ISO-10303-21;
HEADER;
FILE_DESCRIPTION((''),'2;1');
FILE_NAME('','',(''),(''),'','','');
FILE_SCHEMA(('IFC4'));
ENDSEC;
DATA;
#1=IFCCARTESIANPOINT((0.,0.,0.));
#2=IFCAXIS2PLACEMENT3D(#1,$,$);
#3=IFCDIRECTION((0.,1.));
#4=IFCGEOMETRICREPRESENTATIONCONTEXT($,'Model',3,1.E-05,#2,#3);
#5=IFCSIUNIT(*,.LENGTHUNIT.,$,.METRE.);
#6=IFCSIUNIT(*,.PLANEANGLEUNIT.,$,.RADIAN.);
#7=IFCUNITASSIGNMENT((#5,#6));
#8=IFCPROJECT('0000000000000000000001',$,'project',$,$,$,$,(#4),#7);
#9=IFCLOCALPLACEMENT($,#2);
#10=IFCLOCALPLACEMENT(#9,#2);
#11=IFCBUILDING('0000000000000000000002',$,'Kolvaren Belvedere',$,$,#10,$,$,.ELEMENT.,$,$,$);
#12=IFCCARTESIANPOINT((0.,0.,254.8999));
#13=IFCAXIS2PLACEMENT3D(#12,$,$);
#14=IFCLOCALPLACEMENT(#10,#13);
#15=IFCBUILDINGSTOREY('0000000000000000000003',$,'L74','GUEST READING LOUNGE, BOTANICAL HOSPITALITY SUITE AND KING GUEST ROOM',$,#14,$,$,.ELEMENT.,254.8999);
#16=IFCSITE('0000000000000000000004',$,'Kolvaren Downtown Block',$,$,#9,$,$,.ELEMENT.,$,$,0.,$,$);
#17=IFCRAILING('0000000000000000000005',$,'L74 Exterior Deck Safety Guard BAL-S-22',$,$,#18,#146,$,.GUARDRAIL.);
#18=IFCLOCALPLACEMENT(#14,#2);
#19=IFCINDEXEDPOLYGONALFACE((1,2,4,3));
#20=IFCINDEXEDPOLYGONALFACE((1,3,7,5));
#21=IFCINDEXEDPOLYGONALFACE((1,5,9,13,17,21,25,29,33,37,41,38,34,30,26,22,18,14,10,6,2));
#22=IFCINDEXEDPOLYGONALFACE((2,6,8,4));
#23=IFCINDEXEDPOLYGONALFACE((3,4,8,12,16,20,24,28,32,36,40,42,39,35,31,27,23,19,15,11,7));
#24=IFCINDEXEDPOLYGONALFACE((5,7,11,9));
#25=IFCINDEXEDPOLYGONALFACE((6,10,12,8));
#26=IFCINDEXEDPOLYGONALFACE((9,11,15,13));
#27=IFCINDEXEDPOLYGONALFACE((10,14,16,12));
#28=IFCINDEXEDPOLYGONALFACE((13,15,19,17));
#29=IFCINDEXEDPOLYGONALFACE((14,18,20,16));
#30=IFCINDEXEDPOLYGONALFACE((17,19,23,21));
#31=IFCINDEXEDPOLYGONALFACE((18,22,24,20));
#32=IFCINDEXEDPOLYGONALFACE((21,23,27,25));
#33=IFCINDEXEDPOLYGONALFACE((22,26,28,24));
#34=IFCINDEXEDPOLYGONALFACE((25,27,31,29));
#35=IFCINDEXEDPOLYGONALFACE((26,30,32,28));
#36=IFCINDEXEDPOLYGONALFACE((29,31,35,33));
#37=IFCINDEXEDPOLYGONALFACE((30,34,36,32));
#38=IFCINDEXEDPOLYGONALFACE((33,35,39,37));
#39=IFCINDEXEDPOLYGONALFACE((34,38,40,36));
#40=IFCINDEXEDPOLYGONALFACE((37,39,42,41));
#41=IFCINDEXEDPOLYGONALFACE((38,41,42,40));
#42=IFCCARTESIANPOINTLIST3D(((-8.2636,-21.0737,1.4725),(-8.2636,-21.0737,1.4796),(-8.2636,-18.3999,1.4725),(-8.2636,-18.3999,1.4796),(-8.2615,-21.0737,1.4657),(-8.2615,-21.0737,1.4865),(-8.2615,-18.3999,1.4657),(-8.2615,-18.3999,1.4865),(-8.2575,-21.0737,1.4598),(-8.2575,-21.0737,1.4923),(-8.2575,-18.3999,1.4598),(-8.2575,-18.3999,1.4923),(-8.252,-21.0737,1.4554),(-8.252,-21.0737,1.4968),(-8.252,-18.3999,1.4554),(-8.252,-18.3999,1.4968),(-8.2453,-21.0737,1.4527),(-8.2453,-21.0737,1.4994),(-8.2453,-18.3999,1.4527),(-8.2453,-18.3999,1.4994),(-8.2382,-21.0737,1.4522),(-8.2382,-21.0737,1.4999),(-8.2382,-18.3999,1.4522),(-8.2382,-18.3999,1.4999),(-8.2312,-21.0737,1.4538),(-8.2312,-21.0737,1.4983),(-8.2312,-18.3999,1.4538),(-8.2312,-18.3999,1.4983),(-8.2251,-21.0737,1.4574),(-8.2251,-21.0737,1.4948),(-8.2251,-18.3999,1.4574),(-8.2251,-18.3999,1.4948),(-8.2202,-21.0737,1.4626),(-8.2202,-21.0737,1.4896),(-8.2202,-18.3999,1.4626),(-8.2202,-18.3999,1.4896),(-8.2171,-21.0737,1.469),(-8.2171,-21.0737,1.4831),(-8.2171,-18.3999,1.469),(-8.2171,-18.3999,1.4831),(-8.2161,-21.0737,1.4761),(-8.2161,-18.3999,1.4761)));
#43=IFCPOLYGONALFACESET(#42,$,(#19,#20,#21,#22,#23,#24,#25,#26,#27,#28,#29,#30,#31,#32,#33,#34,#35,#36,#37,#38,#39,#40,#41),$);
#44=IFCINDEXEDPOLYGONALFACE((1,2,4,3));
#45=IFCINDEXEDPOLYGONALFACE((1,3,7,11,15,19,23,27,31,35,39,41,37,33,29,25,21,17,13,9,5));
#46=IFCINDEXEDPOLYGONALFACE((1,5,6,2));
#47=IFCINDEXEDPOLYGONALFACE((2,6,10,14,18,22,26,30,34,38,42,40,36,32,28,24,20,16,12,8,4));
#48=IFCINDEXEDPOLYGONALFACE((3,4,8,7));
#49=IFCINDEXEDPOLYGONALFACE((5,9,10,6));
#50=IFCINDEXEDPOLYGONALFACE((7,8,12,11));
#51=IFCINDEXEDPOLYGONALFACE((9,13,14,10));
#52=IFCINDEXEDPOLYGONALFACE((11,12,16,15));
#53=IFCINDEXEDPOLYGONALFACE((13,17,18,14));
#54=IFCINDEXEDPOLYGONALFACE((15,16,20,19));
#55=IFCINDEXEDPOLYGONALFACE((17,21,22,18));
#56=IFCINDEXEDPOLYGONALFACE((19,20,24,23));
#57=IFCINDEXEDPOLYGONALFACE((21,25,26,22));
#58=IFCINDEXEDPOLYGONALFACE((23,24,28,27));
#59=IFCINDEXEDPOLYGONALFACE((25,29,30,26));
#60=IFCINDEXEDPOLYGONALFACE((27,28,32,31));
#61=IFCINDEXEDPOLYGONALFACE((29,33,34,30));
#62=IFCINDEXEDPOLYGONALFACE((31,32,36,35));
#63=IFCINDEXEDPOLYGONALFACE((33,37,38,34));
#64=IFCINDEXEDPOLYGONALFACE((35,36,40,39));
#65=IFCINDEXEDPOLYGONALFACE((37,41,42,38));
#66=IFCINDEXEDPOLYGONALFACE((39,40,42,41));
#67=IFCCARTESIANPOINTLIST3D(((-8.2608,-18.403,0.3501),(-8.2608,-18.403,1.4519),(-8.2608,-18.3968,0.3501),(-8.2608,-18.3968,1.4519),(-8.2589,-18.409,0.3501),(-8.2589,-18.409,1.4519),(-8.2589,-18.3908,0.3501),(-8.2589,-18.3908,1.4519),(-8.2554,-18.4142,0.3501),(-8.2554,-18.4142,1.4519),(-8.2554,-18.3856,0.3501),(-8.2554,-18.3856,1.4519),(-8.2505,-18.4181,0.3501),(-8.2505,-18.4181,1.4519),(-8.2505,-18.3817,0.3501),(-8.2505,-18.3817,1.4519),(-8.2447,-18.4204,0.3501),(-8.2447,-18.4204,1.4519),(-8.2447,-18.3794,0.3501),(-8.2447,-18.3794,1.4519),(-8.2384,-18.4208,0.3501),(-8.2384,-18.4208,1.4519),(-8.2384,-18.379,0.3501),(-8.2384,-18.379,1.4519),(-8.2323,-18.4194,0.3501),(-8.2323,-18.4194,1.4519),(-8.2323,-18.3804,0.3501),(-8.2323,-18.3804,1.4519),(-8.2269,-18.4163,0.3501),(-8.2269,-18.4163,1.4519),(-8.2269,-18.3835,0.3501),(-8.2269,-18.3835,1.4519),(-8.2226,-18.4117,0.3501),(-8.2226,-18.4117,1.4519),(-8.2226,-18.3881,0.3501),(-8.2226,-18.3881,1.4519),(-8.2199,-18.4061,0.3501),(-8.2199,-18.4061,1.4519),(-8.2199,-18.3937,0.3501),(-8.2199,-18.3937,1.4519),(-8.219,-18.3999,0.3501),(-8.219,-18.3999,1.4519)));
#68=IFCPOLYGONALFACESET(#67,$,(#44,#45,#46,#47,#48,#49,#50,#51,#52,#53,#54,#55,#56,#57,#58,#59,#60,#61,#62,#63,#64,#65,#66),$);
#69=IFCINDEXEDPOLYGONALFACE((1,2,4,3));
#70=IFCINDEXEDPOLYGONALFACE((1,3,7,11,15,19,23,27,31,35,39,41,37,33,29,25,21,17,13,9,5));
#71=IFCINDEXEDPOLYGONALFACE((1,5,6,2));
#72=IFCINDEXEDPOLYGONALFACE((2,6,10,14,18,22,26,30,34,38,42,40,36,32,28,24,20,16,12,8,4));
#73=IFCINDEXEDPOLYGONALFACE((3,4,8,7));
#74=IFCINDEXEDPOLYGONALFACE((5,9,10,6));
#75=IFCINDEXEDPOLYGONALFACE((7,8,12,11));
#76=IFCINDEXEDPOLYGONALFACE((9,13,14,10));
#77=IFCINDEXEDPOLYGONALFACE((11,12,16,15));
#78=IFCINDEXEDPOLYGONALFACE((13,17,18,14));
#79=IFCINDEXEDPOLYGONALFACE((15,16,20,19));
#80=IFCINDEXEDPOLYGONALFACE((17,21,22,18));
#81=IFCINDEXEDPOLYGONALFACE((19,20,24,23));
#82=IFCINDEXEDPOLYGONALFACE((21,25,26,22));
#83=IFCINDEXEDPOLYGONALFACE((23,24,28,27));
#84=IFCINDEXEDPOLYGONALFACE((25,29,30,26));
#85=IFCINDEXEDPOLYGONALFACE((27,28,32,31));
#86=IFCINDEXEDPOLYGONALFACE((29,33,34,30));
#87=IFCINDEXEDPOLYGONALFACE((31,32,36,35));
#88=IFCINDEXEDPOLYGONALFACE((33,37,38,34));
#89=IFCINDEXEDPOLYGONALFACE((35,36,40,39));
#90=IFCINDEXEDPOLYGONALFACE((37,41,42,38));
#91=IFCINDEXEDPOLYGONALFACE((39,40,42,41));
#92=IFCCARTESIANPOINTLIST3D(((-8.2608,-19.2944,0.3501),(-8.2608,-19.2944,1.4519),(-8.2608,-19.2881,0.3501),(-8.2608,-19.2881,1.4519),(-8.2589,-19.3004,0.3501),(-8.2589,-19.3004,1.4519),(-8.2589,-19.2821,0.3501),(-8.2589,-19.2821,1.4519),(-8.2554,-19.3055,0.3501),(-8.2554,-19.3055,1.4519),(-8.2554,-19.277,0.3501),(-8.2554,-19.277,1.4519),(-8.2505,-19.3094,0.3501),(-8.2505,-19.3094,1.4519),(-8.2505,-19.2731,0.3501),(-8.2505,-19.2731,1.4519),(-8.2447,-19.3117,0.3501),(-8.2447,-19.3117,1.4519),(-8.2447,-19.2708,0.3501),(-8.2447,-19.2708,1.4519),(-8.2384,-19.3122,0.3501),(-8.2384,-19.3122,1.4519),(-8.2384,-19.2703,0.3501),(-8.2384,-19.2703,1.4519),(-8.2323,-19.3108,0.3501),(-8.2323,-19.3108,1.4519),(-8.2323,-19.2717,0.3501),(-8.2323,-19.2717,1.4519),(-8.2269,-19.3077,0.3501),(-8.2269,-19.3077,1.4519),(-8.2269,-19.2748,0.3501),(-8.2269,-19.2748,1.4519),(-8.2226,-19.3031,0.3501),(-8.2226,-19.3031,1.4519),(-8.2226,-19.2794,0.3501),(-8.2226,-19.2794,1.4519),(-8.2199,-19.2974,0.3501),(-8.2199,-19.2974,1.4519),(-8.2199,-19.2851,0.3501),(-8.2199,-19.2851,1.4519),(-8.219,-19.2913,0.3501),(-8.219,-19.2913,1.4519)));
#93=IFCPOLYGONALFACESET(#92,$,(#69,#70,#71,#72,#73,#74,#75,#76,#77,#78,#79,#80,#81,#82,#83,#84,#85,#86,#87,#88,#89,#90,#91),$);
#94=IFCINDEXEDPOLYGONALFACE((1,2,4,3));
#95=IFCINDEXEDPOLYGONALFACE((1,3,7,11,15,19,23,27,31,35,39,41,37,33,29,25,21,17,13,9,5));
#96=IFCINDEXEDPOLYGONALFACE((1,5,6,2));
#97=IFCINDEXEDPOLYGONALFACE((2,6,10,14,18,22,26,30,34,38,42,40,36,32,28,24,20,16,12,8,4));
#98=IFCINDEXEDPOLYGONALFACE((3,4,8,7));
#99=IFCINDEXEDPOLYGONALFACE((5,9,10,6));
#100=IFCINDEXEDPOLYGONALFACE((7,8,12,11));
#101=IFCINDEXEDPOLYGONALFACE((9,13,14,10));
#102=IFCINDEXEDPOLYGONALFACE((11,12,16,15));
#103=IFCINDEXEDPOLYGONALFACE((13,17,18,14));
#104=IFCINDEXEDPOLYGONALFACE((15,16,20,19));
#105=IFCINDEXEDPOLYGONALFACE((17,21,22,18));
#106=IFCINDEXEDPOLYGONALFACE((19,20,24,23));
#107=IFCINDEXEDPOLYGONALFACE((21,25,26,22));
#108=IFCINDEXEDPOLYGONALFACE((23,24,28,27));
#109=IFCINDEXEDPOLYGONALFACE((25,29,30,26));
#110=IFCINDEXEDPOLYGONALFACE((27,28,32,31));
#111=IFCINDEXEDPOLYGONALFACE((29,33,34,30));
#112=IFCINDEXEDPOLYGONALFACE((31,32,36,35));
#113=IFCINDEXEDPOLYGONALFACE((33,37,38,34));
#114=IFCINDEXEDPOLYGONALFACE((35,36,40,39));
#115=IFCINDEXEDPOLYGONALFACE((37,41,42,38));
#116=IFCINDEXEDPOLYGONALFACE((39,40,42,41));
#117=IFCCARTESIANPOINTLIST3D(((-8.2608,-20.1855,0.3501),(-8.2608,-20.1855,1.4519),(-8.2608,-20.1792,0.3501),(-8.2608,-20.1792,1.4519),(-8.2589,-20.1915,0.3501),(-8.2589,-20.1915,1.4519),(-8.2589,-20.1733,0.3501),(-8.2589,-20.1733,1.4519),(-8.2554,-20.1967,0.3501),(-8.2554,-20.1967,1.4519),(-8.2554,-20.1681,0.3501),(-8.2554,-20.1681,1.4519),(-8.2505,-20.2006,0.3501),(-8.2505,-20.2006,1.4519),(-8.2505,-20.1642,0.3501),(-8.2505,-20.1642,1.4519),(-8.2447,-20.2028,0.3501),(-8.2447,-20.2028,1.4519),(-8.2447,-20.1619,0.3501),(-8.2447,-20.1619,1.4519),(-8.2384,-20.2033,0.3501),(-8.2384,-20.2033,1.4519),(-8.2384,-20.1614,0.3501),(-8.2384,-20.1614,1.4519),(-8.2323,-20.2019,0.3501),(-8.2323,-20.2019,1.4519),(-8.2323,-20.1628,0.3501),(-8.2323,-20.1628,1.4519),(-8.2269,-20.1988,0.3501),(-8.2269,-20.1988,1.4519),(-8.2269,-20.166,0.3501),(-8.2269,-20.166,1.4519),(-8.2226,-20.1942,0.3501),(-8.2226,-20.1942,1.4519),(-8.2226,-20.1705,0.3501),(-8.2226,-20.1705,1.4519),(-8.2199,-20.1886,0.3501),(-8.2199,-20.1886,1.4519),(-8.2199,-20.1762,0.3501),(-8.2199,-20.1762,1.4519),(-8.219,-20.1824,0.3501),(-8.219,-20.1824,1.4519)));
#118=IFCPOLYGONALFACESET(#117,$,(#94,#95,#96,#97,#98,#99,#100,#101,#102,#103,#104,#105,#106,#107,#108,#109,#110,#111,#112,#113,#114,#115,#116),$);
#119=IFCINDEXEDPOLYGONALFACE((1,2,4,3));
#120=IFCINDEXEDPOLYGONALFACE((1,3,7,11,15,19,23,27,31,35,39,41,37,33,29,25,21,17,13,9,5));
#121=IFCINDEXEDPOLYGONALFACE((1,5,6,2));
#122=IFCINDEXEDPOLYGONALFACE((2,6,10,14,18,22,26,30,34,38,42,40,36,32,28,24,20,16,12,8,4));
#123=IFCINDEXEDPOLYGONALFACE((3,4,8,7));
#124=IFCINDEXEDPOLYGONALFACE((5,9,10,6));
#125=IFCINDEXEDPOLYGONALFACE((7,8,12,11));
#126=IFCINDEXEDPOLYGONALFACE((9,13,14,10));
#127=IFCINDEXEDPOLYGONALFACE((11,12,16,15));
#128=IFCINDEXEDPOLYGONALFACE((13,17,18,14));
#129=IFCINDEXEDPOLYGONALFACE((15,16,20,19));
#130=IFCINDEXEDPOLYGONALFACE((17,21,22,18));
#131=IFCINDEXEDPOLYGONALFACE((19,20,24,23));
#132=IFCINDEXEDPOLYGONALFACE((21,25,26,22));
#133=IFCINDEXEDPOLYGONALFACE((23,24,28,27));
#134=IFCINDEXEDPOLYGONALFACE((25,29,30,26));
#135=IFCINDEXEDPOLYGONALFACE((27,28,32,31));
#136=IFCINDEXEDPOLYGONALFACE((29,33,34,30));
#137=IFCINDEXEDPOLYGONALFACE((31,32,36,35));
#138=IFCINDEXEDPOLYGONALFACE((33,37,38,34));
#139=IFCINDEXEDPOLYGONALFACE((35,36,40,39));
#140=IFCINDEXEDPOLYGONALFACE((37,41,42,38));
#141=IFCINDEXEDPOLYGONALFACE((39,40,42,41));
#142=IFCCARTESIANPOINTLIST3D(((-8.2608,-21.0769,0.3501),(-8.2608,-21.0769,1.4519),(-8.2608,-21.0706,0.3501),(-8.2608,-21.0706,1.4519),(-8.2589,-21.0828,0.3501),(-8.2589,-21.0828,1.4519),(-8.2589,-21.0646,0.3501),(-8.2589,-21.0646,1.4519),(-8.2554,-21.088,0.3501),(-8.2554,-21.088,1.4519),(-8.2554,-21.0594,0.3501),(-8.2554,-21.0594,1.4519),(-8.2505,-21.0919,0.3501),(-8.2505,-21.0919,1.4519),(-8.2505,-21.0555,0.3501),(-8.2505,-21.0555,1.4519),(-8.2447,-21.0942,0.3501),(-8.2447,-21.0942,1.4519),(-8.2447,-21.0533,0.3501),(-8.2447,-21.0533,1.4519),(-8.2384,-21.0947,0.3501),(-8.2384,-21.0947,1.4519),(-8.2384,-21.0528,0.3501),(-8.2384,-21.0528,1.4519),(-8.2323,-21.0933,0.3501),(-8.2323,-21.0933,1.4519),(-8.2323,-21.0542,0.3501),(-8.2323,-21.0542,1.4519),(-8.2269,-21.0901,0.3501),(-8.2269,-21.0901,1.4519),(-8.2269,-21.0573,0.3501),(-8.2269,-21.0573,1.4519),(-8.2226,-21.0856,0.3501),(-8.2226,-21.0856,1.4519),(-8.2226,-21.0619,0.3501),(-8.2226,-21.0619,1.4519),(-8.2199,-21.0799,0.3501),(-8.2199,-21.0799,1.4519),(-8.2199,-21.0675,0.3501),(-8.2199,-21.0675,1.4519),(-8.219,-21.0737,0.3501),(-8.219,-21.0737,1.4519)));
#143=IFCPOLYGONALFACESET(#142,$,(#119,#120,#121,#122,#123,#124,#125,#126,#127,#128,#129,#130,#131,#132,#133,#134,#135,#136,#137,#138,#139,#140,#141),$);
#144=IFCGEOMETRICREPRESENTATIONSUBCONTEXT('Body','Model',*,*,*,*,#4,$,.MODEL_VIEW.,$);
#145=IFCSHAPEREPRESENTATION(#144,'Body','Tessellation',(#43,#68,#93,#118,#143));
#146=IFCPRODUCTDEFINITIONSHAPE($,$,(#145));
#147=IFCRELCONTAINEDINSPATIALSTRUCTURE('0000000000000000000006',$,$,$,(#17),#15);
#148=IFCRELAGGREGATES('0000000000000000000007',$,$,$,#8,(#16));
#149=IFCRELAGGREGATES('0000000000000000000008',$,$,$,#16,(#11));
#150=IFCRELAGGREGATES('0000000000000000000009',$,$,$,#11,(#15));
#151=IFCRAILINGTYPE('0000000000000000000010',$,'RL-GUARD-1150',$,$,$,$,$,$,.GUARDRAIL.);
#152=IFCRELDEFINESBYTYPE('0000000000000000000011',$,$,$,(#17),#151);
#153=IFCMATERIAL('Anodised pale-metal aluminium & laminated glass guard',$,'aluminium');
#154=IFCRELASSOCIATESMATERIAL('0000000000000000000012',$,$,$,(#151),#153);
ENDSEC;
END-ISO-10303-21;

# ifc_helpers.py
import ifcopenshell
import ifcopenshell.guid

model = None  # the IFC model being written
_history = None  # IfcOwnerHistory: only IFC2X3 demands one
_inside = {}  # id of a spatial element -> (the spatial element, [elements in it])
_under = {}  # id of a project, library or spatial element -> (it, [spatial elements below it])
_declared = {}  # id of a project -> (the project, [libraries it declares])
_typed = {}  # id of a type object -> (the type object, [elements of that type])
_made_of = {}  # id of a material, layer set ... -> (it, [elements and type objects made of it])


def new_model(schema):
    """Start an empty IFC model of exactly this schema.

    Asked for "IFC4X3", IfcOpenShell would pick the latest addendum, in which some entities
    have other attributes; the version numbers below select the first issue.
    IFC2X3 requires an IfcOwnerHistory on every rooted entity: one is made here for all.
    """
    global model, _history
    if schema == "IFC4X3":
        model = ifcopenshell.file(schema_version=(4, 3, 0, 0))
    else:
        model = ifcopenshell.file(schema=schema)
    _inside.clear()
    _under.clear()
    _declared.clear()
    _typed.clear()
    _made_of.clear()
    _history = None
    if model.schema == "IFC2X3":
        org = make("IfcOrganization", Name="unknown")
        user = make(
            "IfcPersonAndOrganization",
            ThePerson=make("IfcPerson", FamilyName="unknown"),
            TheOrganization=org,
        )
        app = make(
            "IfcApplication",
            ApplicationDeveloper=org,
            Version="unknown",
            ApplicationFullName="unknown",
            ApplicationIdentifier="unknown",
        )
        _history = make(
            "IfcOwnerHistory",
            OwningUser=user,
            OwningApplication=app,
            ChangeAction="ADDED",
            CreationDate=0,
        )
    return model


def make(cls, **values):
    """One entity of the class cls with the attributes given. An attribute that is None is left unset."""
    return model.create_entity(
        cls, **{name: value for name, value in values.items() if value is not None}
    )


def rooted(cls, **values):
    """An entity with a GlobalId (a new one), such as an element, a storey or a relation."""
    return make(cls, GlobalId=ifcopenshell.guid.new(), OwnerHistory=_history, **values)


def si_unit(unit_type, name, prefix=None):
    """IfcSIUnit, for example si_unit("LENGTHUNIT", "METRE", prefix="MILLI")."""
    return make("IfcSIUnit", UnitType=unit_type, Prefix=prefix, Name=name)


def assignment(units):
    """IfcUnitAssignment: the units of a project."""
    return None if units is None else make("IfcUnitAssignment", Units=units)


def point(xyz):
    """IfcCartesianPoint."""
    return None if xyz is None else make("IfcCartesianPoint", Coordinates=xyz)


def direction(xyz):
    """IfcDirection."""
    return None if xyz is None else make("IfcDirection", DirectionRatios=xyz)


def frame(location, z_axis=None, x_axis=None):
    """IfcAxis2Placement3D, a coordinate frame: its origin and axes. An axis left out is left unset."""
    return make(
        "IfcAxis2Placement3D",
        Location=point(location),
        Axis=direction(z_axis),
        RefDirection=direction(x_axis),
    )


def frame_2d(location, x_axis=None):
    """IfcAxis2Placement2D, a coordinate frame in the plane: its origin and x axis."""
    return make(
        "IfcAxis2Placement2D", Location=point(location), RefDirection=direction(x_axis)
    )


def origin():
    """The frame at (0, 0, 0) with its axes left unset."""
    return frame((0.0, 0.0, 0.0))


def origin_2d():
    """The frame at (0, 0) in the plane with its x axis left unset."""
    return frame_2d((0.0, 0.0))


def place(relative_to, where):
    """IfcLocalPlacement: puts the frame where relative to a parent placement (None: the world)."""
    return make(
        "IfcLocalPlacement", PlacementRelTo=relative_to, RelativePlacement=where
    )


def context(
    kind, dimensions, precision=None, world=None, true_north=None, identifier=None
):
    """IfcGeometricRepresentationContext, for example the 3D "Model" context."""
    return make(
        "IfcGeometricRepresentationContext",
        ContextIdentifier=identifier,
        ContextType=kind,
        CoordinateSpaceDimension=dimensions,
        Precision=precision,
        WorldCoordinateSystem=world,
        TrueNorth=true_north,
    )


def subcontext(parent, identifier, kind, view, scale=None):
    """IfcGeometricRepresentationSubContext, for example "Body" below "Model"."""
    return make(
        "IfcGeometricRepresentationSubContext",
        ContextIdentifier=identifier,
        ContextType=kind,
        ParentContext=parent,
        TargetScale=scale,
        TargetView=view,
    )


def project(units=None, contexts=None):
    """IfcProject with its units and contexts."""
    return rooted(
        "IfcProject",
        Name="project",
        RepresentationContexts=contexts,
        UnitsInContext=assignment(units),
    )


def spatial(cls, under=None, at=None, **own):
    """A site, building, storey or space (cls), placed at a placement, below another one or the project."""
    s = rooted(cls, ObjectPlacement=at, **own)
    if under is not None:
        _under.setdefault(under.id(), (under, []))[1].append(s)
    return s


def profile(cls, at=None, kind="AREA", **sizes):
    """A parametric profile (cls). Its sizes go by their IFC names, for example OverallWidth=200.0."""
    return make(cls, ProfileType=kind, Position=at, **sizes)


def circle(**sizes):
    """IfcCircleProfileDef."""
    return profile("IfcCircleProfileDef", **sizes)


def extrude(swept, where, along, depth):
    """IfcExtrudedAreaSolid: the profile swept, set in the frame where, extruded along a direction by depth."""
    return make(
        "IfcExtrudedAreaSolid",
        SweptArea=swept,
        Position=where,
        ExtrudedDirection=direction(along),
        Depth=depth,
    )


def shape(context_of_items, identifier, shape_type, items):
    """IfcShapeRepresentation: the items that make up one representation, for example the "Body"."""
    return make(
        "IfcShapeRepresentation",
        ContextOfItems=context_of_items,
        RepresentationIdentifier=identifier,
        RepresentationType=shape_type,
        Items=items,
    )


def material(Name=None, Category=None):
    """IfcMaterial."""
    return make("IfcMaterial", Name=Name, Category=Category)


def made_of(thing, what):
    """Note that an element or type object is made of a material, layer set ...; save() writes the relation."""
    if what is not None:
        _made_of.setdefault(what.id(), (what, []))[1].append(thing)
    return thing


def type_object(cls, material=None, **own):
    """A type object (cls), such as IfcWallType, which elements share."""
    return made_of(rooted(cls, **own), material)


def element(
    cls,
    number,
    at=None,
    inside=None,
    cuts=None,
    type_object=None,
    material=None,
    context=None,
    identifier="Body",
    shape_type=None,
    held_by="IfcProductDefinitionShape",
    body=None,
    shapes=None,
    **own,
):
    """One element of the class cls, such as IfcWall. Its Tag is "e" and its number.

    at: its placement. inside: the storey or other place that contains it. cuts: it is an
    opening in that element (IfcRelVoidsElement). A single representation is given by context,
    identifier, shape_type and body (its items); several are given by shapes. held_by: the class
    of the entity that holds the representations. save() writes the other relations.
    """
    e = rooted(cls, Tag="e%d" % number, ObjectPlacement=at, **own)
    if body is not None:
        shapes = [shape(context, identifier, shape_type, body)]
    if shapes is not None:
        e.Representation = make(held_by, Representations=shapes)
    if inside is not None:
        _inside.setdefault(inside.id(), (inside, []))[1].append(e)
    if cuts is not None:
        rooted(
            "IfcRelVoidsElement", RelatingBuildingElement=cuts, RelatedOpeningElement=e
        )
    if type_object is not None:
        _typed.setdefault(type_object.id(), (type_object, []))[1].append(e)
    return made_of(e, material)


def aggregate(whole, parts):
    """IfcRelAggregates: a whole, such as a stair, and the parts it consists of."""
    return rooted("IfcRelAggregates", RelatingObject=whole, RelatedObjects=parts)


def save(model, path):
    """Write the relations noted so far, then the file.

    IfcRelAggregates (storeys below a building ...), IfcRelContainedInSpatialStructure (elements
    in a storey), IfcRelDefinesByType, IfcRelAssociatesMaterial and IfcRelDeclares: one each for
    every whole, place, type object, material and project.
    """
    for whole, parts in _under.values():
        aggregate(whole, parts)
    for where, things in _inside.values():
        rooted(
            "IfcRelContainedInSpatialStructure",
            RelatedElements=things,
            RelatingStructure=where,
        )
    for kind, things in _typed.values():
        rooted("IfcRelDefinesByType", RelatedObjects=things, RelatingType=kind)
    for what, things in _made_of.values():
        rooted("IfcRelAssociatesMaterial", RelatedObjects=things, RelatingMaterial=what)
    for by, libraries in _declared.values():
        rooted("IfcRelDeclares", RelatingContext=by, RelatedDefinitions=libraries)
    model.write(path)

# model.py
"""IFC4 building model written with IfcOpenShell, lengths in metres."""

from ifc_helpers import new_model, si_unit, direction, frame, origin, origin_2d, place, context, subcontext, project, spatial, circle, extrude, material, type_object, element, save


model = new_model("IFC4")

# Units and contexts
model_context = context("Model", 3, precision=1e-05, world=origin(), true_north=direction((0.0, 1.0)))
body_context = subcontext(model_context, "Body", "Model", "MODEL_VIEW")
ifc_project = project(units=[si_unit("LENGTHUNIT", "METRE"), si_unit("PLANEANGLEUNIT", "RADIAN")], contexts=[model_context])

# Site, building, storey
site_placement = place(None, origin())
site = spatial("IfcSite", under=ifc_project, at=site_placement, Name="Kolvaren Downtown Block", CompositionType="ELEMENT", RefElevation=0.0)
building_placement = place(site_placement, origin())
building = spatial("IfcBuilding", under=site, at=building_placement, Name="Kolvaren Belvedere", CompositionType="ELEMENT")
storey_placement = place(building_placement, frame((0.0, 0.0, 254.8999)))
storey = spatial("IfcBuildingStorey", under=building, at=storey_placement, Name="L74", Description="GUEST READING LOUNGE, BOTANICAL HOSPITALITY SUITE AND KING GUEST ROOM", CompositionType="ELEMENT", Elevation=254.8999)

# Railing
ifc_material_1 = material(Name="Anodised pale-metal aluminium & laminated glass guard", Category="aluminium")
railing_type = type_object("IfcRailingType", Name="RL-GUARD-1150", PredefinedType="GUARDRAIL", material=ifc_material_1)
railing_1_placement = place(storey_placement, frame((-8.24, -18.3999, 0.3501)))
element("IfcRailing", 1, at=railing_1_placement, inside=storey, type_object=railing_type, Name="L74 Exterior Deck Safety Guard BAL-S-22", PredefinedType="GUARDRAIL", context=body_context, shape_type="SweptSolid", body=[
    extrude(circle(Radius=0.0239, at=origin_2d()), frame((0.0, 0.0, 1.126), z_axis=(0.0, -1.0, 0.0), x_axis=(1.0, 0.0, 0.0)), (0.0, 0.0, 1.0), 2.6738),
    extrude(circle(Radius=0.021, at=origin_2d()), origin(), (0.0, 0.0, 1.0), 1.1018),
    extrude(circle(Radius=0.021, at=origin_2d()), frame((0.0, -0.8914, 0.0)), (0.0, 0.0, 1.0), 1.1018),
    extrude(circle(Radius=0.021, at=origin_2d()), frame((0.0, -1.7825, 0.0)), (0.0, 0.0, 1.0), 1.1018),
    extrude(circle(Radius=0.021, at=origin_2d()), frame((0.0, -2.6738, 0.0)), (0.0, 0.0, 1.0), 1.1018),
])

save(model, "model.ifc")
